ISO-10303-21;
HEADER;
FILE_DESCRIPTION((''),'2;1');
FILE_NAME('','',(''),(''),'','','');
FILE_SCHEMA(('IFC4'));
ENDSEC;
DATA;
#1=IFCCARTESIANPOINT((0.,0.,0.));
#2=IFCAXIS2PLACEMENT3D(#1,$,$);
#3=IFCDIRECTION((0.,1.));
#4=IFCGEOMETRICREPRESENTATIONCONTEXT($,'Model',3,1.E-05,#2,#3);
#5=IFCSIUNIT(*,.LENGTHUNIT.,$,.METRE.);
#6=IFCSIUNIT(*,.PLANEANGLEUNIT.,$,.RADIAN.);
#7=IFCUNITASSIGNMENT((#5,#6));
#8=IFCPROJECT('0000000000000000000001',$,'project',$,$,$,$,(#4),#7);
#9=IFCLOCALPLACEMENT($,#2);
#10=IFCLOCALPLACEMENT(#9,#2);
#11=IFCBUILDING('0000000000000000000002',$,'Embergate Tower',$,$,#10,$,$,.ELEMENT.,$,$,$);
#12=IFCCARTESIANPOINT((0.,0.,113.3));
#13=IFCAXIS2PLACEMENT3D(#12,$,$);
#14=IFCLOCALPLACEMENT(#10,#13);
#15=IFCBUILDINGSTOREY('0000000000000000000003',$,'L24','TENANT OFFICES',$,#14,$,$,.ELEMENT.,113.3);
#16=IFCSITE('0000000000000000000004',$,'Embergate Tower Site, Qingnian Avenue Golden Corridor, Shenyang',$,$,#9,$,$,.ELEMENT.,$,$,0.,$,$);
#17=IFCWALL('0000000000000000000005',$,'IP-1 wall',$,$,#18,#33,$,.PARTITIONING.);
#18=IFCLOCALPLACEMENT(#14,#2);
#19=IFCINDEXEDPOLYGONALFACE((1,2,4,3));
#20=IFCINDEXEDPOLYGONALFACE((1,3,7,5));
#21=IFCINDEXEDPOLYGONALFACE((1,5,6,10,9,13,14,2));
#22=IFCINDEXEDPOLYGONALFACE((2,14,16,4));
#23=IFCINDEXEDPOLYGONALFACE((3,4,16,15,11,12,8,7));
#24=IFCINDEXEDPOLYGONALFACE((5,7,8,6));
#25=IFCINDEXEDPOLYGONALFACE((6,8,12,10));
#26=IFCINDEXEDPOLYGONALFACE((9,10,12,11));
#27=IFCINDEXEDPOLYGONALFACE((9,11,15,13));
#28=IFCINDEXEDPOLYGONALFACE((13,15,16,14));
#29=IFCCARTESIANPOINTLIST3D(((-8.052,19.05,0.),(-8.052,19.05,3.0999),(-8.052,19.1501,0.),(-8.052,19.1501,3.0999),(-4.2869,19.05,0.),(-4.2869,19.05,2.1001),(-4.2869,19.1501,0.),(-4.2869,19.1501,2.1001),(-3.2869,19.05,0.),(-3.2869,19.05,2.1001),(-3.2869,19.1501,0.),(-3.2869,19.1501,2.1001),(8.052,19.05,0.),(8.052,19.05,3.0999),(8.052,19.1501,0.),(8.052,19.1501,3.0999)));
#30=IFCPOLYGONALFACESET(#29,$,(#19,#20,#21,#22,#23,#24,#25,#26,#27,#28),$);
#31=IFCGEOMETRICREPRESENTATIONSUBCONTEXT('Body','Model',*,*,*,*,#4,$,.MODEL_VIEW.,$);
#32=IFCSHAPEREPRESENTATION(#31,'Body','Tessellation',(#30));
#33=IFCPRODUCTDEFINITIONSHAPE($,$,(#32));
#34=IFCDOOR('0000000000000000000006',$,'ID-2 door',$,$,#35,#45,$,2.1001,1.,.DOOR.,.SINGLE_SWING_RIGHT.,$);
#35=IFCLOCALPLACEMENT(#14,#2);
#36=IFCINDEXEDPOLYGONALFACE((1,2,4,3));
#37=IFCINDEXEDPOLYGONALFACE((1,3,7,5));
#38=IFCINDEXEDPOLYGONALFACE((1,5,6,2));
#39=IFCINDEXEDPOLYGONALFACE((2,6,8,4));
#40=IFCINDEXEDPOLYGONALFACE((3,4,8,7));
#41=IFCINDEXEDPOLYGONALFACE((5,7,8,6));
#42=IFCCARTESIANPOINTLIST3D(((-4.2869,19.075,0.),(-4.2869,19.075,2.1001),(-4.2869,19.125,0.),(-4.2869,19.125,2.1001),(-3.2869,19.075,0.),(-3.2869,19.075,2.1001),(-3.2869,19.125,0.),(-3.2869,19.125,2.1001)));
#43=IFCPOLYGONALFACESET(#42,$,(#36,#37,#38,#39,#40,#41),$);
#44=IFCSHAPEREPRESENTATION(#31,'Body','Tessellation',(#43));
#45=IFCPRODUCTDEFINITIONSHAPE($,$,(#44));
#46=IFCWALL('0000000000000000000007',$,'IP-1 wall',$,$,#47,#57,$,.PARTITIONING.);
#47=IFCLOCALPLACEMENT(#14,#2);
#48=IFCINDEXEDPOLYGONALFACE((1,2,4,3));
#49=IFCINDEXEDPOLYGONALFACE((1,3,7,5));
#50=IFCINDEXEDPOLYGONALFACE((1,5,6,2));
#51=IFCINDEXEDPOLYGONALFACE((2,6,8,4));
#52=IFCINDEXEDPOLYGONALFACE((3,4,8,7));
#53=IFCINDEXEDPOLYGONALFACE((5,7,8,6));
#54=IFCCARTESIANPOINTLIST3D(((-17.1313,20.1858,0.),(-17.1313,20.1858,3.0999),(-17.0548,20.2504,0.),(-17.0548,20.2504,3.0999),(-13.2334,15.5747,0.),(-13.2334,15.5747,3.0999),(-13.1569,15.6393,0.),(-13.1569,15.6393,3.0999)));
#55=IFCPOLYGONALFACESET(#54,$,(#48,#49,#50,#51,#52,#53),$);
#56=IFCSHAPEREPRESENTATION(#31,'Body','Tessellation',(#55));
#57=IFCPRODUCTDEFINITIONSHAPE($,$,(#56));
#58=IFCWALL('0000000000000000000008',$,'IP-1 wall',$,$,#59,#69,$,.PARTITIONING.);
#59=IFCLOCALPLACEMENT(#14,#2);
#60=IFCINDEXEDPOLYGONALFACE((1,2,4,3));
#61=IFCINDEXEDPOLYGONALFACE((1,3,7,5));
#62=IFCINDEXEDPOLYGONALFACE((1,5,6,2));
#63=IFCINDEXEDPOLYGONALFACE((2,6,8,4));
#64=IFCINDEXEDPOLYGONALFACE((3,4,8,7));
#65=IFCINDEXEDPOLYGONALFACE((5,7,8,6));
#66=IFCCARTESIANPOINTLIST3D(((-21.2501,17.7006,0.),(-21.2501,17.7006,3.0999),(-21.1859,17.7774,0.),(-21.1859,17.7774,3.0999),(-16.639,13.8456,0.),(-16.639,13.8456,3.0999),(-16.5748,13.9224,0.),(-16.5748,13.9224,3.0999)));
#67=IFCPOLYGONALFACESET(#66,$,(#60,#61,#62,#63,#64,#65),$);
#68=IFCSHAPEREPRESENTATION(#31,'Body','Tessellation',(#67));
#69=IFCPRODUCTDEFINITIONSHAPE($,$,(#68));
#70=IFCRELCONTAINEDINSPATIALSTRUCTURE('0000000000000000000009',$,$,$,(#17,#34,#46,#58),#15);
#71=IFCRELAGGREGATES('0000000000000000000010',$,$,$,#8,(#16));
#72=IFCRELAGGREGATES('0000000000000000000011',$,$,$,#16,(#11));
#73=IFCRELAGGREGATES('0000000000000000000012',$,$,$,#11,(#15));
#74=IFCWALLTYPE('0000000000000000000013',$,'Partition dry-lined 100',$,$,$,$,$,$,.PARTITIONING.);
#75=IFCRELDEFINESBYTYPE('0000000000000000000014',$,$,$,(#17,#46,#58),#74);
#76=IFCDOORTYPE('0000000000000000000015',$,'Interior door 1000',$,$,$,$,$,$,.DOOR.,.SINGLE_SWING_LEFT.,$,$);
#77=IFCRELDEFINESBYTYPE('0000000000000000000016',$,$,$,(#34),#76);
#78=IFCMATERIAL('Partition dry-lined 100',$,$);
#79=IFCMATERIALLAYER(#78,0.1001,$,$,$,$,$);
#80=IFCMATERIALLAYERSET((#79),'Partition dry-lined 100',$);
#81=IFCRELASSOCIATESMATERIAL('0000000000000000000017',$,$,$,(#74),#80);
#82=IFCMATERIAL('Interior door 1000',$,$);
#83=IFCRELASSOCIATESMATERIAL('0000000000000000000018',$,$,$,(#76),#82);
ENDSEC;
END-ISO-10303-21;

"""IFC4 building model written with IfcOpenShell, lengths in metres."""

from ifc_helpers import new_model, si_unit, direction, frame, frame_2d, origin, place, context, subcontext, project, spatial, rectangle, extrude, source, transform, mapped, material, layer, layer_set, type_object, element, fill, save


model = new_model("IFC4")

# Units and contexts
model_context = context("Model", 3, precision=1e-05, world=origin(), true_north=direction((0.0, 1.0)))
body_context = subcontext(model_context, "Body", "Model", "MODEL_VIEW")
ifc_project = project(units=[si_unit("LENGTHUNIT", "METRE"), si_unit("PLANEANGLEUNIT", "RADIAN")], contexts=[model_context])

# Site, building, storey
site_placement = place(None, origin())
site = spatial("IfcSite", under=ifc_project, at=site_placement, Name="Embergate Tower Site, Qingnian Avenue Golden Corridor, Shenyang", CompositionType="ELEMENT", RefElevation=0.0)
building_placement = place(site_placement, origin())
building = spatial("IfcBuilding", under=site, at=building_placement, Name="Embergate Tower", CompositionType="ELEMENT")
storey_placement = place(building_placement, frame((0.0, 0.0, 113.3)))
storey = spatial("IfcBuildingStorey", under=building, at=storey_placement, Name="L24", Description="TENANT OFFICES", CompositionType="ELEMENT", Elevation=113.3)

# Shared definitions
ifc_material_1 = material(Name="Partition dry-lined 100")
ifc_layer_1 = layer(ifc_material_1, 0.1001)
ifc_layer_set_1 = layer_set([ifc_layer_1], Name="Partition dry-lined 100")
wall_type_1 = type_object("IfcWallType", Name="Partition dry-lined 100", PredefinedType="PARTITIONING", material=ifc_layer_set_1)

# Shared definitions
ifc_material_2 = material(Name="Interior door 1000")
door_type_1 = type_object("IfcDoorType", Name="Interior door 1000", OperationType="SINGLE_SWING_LEFT", PredefinedType="DOOR", material=ifc_material_2)
shared_shape_1 = source(origin(), body_context, "Body", "SweptSolid", [
    extrude(rectangle(XDim=1.0, YDim=2.1001, at=frame_2d((0.5, 1.05))), frame((0.0, 0.0249, 0.0), z_axis=(0.0, -1.0, 0.0), x_axis=(1.0, 0.0, 0.0)), (0.0, 0.0, 1.0), 0.05),
])

# Wall, opening, door
shared_shape_2 = source(origin(), body_context, "Body", "SweptSolid", [
    extrude(rectangle(XDim=16.104, YDim=0.1001, at=frame_2d((8.052, 0.0))), origin(), (0.0, 0.0, 1.0), 3.0999),
])
wall_1_placement = place(storey_placement, frame((-8.052, 19.1001, 0.0), z_axis=(0.0, 0.0, 1.0), x_axis=(1.0, 0.0, 0.0)))
wall_1 = element("IfcWall", 1, at=wall_1_placement, inside=storey, type_object=wall_type_1, Name="IP-1 wall", PredefinedType="PARTITIONING", context=body_context, shape_type="MappedRepresentation", body=[
    mapped(shared_shape_2, transform((0.0, 0.0, 0.0))),
])
shared_shape_3 = source(origin(), body_context, "Body", "SweptSolid", [
    extrude(rectangle(XDim=1.0, YDim=2.1001, at=frame_2d((0.5, 1.05))), frame((0.0, 0.0601, 0.0), z_axis=(0.0, -1.0, 0.0), x_axis=(1.0, 0.0, 0.0)), (0.0, 0.0, 1.0), 0.1201),
])
opening_1_placement = place(wall_1_placement, frame((3.7651, 0.0, 0.0)))
opening_1 = element("IfcOpeningElement", 2, at=opening_1_placement, cuts=wall_1, PredefinedType="OPENING", context=body_context, shape_type="MappedRepresentation", body=[
    mapped(shared_shape_3, transform((0.0, 0.0, 0.0))),
])
door_1_placement = place(opening_1_placement, origin())
door_1 = element("IfcDoor", 3, at=door_1_placement, inside=storey, type_object=door_type_1, Name="ID-2 door", OperationType="SINGLE_SWING_RIGHT", OverallHeight=2.1001, OverallWidth=1.0, PredefinedType="DOOR", context=body_context, shape_type="MappedRepresentation", body=[
    mapped(shared_shape_1, transform((0.0, 0.0, 0.0))),
])
fill(opening_1, door_1)

# Walls
shared_shape_4 = source(origin(), body_context, "Body", "SweptSolid", [
    extrude(rectangle(XDim=6.0378, YDim=0.1001, at=frame_2d((3.019, 0.0))), origin(), (0.0, 0.0, 1.0), 3.0999),
])
wall_2_placement = place(storey_placement, frame((-13.1951, 15.6069, 0.0), z_axis=(0.0, 0.0, 1.0), x_axis=(-0.645581, 0.763691, 0.0)))
element("IfcWall", 4, at=wall_2_placement, inside=storey, type_object=wall_type_1, Name="IP-1 wall", PredefinedType="PARTITIONING", context=body_context, shape_type="MappedRepresentation", body=[
    mapped(shared_shape_4, transform((0.0, 0.0, 0.0))),
])
shared_shape_5 = source(origin(), body_context, "Body", "SweptSolid", [
    extrude(rectangle(XDim=6.0103, YDim=0.1001, at=frame_2d((3.0051, 0.0))), origin(), (0.0, 0.0, 1.0), 3.0999),
])
wall_3_placement = place(storey_placement, frame((-16.6069, 13.884, 0.0), z_axis=(0.0, 0.0, 1.0), x_axis=(-0.767205, 0.641402, 0.0)))
element("IfcWall", 5, at=wall_3_placement, inside=storey, type_object=wall_type_1, Name="IP-1 wall", PredefinedType="PARTITIONING", context=body_context, shape_type="MappedRepresentation", body=[
    mapped(shared_shape_5, transform((0.0, 0.0, 0.0))),
])

save(model, "model.ifc")
